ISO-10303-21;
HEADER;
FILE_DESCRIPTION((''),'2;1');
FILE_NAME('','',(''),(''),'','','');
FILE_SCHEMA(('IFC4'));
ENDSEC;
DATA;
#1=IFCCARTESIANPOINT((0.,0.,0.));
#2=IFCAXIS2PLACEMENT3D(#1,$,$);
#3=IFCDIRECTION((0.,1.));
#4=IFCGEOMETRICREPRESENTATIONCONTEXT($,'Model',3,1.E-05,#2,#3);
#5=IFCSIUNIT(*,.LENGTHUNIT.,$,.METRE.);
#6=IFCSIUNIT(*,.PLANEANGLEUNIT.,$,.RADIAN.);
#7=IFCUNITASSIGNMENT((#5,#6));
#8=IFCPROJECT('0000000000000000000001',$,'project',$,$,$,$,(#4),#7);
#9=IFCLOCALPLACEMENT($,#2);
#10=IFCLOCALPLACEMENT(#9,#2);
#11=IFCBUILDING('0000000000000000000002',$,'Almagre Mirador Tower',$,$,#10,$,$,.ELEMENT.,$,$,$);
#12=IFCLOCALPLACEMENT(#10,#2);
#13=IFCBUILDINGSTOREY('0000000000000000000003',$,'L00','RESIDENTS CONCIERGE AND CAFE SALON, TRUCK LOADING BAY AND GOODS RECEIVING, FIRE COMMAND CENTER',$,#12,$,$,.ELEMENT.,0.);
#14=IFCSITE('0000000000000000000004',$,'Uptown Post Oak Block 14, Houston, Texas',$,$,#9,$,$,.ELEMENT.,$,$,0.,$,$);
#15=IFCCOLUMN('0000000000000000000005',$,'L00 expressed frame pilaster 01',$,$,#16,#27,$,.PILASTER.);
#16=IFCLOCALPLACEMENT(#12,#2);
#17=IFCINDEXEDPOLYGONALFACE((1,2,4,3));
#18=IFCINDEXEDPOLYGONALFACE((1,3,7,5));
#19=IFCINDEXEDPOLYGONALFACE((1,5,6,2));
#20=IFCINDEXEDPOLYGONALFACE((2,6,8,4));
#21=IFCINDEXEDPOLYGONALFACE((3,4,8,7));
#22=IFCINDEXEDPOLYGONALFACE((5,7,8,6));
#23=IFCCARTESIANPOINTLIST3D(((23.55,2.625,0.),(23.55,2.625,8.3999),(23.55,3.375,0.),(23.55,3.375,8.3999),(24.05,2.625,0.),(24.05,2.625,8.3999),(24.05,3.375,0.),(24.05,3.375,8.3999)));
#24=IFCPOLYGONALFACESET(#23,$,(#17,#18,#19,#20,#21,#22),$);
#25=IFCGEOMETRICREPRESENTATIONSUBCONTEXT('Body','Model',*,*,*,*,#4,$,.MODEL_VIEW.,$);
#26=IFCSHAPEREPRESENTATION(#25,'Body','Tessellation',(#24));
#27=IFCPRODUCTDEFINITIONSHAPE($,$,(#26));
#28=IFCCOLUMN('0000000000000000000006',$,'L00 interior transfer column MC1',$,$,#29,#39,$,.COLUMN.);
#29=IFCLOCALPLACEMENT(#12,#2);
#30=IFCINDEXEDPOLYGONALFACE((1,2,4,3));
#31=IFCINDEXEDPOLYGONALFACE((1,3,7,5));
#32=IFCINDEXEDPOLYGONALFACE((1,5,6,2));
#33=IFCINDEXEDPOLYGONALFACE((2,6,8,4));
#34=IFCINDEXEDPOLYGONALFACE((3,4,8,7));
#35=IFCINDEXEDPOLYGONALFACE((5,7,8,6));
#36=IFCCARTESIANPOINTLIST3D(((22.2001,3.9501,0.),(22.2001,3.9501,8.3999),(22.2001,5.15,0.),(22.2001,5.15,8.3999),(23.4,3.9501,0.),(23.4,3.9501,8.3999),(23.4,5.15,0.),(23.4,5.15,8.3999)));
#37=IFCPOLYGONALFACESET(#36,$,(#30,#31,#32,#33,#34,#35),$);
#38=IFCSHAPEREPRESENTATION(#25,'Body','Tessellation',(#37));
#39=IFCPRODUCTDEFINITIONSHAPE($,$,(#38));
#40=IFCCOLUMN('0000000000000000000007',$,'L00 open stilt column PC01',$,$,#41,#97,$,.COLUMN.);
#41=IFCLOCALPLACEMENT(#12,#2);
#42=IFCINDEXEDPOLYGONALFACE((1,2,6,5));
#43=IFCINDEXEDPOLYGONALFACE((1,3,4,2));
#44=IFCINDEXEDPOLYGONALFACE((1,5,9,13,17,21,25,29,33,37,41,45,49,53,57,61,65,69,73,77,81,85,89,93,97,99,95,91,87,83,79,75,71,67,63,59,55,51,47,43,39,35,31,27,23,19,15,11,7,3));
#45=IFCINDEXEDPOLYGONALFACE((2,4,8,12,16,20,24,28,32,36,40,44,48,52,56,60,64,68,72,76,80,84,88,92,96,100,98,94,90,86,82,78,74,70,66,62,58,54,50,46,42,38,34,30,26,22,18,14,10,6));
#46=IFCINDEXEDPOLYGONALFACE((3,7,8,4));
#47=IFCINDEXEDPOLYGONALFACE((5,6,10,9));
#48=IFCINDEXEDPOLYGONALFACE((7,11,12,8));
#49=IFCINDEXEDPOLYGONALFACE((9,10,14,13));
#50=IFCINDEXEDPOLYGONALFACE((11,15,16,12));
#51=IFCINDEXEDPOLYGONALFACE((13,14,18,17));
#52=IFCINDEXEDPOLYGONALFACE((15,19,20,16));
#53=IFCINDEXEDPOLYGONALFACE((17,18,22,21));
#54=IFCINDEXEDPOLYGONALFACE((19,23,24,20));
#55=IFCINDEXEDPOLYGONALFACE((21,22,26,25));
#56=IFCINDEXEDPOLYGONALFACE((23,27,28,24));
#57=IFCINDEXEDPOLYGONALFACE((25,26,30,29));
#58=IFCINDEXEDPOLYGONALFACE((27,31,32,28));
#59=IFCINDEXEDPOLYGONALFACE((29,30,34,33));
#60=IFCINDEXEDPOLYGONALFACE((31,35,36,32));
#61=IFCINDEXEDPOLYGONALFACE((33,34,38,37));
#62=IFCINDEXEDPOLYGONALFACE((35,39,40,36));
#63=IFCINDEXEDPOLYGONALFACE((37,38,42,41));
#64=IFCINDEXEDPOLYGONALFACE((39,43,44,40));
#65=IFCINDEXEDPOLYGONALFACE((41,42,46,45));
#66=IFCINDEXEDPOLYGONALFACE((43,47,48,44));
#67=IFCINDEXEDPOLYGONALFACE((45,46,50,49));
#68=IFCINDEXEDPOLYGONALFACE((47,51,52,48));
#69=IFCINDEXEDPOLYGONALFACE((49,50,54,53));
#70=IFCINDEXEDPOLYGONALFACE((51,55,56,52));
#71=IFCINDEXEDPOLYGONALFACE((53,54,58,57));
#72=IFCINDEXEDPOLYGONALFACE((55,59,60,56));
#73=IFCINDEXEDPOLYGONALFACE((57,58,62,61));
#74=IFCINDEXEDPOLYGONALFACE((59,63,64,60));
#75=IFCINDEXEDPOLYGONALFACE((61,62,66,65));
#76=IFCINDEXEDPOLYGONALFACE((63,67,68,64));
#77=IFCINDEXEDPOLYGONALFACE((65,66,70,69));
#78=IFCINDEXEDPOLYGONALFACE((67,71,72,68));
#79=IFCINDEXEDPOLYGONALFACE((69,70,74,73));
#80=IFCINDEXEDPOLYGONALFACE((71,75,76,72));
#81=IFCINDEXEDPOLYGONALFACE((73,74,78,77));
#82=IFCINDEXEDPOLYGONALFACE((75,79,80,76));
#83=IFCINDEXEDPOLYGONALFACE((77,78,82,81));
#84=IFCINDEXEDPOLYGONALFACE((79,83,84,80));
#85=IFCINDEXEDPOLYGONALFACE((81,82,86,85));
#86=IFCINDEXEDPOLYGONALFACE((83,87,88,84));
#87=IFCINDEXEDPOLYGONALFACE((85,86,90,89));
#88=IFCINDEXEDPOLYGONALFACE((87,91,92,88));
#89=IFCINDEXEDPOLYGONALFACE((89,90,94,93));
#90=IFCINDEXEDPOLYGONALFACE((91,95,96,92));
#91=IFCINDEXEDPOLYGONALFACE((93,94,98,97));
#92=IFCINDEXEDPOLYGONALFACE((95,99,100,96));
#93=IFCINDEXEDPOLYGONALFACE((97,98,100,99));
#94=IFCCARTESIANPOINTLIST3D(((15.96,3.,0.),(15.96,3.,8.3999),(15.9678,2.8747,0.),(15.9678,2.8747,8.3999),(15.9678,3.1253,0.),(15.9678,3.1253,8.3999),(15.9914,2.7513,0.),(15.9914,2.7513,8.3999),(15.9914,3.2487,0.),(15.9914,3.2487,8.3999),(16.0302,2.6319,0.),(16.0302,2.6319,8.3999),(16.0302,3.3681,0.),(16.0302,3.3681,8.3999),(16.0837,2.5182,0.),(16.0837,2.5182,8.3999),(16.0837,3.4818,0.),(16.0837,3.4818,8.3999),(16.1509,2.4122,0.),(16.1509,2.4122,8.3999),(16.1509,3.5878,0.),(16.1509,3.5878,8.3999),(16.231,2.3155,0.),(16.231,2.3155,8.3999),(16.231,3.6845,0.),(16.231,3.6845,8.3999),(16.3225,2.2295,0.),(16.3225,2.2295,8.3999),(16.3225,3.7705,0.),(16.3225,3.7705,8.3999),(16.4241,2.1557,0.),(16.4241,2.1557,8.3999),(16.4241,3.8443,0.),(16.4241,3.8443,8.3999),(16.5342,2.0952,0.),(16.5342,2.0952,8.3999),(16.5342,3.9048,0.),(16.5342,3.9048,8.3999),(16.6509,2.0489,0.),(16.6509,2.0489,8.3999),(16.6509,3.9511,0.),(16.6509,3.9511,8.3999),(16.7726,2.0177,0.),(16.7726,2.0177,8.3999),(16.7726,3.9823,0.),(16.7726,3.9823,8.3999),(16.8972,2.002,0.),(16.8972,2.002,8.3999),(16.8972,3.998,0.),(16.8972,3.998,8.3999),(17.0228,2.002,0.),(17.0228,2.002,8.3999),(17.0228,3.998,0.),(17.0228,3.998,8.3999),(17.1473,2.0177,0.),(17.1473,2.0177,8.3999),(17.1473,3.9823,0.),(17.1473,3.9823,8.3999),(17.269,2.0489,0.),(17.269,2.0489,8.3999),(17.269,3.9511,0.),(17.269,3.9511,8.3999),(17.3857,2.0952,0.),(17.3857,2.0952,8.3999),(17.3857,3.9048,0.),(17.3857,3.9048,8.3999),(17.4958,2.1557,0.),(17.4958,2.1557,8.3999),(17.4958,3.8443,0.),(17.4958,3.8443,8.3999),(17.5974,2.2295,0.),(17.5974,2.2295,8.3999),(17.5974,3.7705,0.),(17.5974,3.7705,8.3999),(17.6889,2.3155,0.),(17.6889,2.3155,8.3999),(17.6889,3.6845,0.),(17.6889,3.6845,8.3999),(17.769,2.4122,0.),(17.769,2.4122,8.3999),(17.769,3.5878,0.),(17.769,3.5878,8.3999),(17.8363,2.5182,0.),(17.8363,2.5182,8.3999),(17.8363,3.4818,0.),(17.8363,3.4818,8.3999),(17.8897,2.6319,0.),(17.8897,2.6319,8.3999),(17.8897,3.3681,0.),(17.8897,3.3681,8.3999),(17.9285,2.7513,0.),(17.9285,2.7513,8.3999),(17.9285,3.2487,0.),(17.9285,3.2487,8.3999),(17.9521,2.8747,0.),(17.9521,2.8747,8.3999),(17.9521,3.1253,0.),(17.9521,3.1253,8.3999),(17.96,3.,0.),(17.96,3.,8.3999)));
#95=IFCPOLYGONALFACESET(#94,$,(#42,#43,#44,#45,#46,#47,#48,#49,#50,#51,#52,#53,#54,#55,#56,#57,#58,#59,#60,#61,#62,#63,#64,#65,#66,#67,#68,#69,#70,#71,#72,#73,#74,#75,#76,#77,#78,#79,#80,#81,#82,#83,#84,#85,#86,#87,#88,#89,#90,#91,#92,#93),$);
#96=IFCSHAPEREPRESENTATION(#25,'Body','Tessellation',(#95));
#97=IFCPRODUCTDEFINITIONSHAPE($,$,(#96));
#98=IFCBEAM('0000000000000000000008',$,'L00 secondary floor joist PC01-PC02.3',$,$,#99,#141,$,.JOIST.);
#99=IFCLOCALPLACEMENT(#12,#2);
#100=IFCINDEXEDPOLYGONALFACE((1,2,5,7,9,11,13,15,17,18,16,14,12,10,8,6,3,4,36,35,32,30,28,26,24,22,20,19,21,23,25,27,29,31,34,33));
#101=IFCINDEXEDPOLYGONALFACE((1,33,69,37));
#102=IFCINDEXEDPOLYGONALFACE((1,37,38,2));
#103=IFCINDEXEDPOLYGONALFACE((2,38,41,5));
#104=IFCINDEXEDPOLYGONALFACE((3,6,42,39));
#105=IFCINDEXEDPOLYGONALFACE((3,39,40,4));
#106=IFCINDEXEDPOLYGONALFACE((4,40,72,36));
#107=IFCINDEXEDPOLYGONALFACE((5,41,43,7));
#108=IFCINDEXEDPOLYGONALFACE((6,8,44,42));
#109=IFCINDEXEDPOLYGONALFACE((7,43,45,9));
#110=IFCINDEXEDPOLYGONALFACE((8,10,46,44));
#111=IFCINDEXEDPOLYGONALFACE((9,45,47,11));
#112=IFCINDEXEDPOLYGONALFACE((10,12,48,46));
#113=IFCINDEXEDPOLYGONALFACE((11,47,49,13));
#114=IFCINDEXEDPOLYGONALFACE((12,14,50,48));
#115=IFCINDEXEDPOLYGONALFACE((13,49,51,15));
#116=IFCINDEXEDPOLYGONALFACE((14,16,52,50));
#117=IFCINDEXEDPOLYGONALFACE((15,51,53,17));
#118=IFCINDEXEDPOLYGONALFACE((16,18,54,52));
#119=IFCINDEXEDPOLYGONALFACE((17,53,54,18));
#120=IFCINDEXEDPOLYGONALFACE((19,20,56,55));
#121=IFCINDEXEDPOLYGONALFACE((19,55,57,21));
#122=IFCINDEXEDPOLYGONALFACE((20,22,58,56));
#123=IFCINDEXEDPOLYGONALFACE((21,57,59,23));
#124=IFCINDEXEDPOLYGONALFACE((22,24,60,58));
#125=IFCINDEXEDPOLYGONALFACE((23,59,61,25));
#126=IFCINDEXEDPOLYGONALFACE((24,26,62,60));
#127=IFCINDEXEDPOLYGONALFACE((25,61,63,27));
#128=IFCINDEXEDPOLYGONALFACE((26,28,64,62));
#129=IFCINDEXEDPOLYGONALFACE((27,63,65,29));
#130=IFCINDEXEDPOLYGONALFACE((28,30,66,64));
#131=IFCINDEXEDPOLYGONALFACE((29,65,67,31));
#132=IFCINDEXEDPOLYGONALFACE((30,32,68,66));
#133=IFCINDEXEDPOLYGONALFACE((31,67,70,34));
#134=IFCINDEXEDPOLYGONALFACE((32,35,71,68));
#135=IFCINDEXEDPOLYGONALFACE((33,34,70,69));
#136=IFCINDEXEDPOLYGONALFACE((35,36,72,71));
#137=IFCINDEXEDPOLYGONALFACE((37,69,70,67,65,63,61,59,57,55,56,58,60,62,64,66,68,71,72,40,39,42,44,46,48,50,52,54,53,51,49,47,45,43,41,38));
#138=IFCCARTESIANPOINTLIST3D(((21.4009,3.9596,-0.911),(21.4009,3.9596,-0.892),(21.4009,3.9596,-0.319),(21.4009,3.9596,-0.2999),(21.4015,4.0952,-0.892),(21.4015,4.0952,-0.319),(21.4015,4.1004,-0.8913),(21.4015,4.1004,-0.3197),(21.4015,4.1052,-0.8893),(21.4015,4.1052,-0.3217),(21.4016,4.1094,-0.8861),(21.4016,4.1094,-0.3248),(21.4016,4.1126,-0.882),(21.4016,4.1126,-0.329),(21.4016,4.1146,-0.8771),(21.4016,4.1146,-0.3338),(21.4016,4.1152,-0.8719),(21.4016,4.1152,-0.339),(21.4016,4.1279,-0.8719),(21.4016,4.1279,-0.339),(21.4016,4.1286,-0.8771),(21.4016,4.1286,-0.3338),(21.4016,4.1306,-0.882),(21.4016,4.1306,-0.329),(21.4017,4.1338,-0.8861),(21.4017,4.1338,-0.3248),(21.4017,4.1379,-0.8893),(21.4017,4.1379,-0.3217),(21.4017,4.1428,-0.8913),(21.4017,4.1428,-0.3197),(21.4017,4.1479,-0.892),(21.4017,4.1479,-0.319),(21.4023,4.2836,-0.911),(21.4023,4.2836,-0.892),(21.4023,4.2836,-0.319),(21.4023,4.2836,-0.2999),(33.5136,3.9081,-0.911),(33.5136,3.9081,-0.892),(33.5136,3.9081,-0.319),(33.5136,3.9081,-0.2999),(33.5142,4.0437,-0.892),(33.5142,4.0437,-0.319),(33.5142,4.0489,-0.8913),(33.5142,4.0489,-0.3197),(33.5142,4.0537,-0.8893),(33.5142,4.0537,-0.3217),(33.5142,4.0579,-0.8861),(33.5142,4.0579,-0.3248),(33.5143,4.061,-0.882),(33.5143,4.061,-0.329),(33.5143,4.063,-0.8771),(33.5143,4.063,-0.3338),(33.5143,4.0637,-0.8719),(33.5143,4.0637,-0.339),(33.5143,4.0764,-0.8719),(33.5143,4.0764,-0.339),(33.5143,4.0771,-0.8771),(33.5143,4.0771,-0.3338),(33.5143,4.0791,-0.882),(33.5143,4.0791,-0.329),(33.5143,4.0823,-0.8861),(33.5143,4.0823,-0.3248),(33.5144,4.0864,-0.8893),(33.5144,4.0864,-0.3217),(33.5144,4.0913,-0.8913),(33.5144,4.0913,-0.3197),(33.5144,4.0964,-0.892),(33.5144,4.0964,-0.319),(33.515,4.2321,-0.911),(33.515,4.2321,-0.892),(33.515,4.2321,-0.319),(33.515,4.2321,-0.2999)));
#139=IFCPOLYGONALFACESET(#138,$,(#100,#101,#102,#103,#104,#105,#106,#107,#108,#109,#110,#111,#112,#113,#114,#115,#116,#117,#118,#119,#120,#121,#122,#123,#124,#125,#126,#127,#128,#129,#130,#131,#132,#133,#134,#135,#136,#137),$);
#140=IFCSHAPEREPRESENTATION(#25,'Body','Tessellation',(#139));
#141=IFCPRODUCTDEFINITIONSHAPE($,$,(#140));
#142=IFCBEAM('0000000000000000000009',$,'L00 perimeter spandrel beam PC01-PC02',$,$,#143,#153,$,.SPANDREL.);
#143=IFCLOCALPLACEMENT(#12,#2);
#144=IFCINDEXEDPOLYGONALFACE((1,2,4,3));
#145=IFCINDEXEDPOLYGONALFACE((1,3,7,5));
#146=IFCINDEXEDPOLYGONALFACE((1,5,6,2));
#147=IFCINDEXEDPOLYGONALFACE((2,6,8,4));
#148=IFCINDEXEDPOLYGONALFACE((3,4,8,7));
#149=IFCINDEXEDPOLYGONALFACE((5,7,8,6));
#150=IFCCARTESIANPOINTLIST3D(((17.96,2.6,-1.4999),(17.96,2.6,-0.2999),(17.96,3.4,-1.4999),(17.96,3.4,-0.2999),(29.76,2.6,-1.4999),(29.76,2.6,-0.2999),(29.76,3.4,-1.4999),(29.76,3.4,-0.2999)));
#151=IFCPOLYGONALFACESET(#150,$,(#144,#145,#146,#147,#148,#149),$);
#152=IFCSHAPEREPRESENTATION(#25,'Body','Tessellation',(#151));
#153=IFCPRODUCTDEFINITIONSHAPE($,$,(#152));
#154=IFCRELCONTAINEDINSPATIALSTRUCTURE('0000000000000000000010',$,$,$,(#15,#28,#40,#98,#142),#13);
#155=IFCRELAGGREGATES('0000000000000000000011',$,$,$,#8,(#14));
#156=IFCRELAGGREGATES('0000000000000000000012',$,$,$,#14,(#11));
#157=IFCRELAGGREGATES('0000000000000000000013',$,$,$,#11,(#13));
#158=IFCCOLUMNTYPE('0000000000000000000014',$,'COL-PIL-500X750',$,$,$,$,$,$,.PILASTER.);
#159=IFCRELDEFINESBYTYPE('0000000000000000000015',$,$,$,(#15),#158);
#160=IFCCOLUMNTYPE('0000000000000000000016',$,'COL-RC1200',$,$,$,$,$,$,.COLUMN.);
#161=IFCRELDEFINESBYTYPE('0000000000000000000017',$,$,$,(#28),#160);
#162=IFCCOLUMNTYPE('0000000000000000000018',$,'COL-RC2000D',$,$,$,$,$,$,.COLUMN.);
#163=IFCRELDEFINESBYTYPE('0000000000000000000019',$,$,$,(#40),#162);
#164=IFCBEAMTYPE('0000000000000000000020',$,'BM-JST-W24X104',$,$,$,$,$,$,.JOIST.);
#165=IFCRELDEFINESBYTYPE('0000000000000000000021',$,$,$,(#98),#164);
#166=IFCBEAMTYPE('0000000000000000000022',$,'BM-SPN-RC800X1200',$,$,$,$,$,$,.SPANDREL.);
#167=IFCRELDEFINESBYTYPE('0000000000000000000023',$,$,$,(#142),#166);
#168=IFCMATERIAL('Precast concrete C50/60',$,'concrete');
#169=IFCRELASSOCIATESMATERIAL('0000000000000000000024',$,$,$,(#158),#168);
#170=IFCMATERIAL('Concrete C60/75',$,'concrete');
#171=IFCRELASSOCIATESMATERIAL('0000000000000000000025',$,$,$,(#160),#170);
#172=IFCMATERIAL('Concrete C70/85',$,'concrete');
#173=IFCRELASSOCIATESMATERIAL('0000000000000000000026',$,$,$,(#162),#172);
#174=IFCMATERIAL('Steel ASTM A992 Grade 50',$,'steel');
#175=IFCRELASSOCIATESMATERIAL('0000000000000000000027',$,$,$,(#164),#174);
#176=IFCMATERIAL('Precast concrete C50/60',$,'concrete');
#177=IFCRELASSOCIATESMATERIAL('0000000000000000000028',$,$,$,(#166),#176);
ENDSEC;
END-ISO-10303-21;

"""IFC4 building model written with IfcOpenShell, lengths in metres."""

from ifc_helpers import new_model, si_unit, direction, frame, origin, origin_2d, place, context, subcontext, project, spatial, rectangle, circle, i_section, extrude, material, material_profile, profile_set, type_object, element, save


model = new_model("IFC4")

# Units and contexts
model_context = context("Model", 3, precision=1e-05, world=origin(), true_north=direction((0.0, 1.0)))
body_context = subcontext(model_context, "Body", "Model", "MODEL_VIEW")
ifc_project = project(units=[si_unit("LENGTHUNIT", "METRE"), si_unit("PLANEANGLEUNIT", "RADIAN")], contexts=[model_context])

# Site, building, storey
site_placement = place(None, origin())
site = spatial("IfcSite", under=ifc_project, at=site_placement, Name="Uptown Post Oak Block 14, Houston, Texas", CompositionType="ELEMENT", RefElevation=0.0)
building_placement = place(site_placement, origin())
building = spatial("IfcBuilding", under=site, at=building_placement, Name="Almagre Mirador Tower", CompositionType="ELEMENT")
storey_placement = place(building_placement, origin())
storey = spatial("IfcBuildingStorey", under=building, at=storey_placement, Name="L00", Description="RESIDENTS CONCIERGE AND CAFE SALON, TRUCK LOADING BAY AND GOODS RECEIVING, FIRE COMMAND CENTER", CompositionType="ELEMENT", Elevation=0.0)

# Columns
ifc_material_1 = material(Name="Precast concrete C50/60", Category="concrete")
ifc_material_profile_1 = material_profile(ifc_material_1, rectangle(XDim=0.5, YDim=0.75, at=origin_2d()), Name="RC500X750")
ifc_profile_set_1 = profile_set([ifc_material_profile_1], Name="Precast concrete C50/60")
column_type_1 = type_object("IfcColumnType", Name="COL-PIL-500X750", PredefinedType="PILASTER", material=ifc_profile_set_1)
column_1_placement = place(storey_placement, frame((23.8, 3.0, 0.0), z_axis=(0.0, 0.0, 1.0), x_axis=(1.0, 0.0, 0.0)))
element("IfcColumn", 1, at=column_1_placement, inside=storey, type_object=column_type_1, Name="L00 expressed frame pilaster 01", PredefinedType="PILASTER", context=body_context, shape_type="SweptSolid", body=[
    extrude(rectangle(XDim=0.5, YDim=0.75, at=origin_2d()), origin(), (0.0, 0.0, 1.0), 8.3999),
])
ifc_material_2 = material(Name="Concrete C60/75", Category="concrete")
ifc_material_profile_2 = material_profile(ifc_material_2, rectangle(XDim=1.2, YDim=1.2, at=origin_2d()), Name="RC1200X1200")
ifc_profile_set_2 = profile_set([ifc_material_profile_2], Name="Concrete C60/75")
column_type_2 = type_object("IfcColumnType", Name="COL-RC1200", PredefinedType="COLUMN", material=ifc_profile_set_2)
column_2_placement = place(storey_placement, frame((22.8, 4.55, 0.0), z_axis=(0.0, 0.0, 1.0), x_axis=(1.0, 0.0, 0.0)))
element("IfcColumn", 2, at=column_2_placement, inside=storey, type_object=column_type_2, Name="L00 interior transfer column MC1", PredefinedType="COLUMN", context=body_context, shape_type="SweptSolid", body=[
    extrude(rectangle(XDim=1.2, YDim=1.2, at=origin_2d()), origin(), (0.0, 0.0, 1.0), 8.3999),
])
ifc_material_3 = material(Name="Concrete C70/85", Category="concrete")
ifc_material_profile_3 = material_profile(ifc_material_3, circle(Radius=1.0, at=origin_2d()), Name="RC2000D")
ifc_profile_set_3 = profile_set([ifc_material_profile_3], Name="Concrete C70/85")
column_type_3 = type_object("IfcColumnType", Name="COL-RC2000D", PredefinedType="COLUMN", material=ifc_profile_set_3)
column_3_placement = place(storey_placement, frame((16.96, 3.0, 0.0), z_axis=(0.0, 0.0, 1.0), x_axis=(1.0, 0.0, 0.0)))
element("IfcColumn", 3, at=column_3_placement, inside=storey, type_object=column_type_3, Name="L00 open stilt column PC01", PredefinedType="COLUMN", context=body_context, shape_type="SweptSolid", body=[
    extrude(circle(Radius=1.0, at=origin_2d()), origin(), (0.0, 0.0, 1.0), 8.3999),
])

# Beams
ifc_material_4 = material(Name="Steel ASTM A992 Grade 50", Category="steel")
ifc_material_profile_4 = material_profile(ifc_material_4, i_section(OverallWidth=0.324, OverallDepth=0.6111, WebThickness=0.0127, FlangeThickness=0.019, FilletRadius=0.02, at=origin_2d()), Name="W24X104")
ifc_profile_set_4 = profile_set([ifc_material_profile_4], Name="Steel ASTM A992 Grade 50")
beam_type_1 = type_object("IfcBeamType", Name="BM-JST-W24X104", PredefinedType="JOIST", material=ifc_profile_set_4)
beam_1_placement = place(storey_placement, frame((21.4016, 4.1216, -0.6055), z_axis=(0.999991, -0.004253, 0.0), x_axis=(0.004253, 0.999991, 0.0)))
element("IfcBeam", 4, at=beam_1_placement, inside=storey, type_object=beam_type_1, Name="L00 secondary floor joist PC01-PC02.3", PredefinedType="JOIST", context=body_context, shape_type="SweptSolid", body=[
    extrude(i_section(OverallWidth=0.324, OverallDepth=0.6111, WebThickness=0.0127, FlangeThickness=0.019, FilletRadius=0.02, at=origin_2d()), origin(), (0.0, 0.0, 1.0), 12.1128),
])
ifc_material_5 = material(Name="Precast concrete C50/60", Category="concrete")
ifc_material_profile_5 = material_profile(ifc_material_5, rectangle(XDim=0.8, YDim=1.2, at=origin_2d()), Name="RC800X1200")
ifc_profile_set_5 = profile_set([ifc_material_profile_5], Name="Precast concrete C50/60")
beam_type_2 = type_object("IfcBeamType", Name="BM-SPN-RC800X1200", PredefinedType="SPANDREL", material=ifc_profile_set_5)
beam_2_placement = place(storey_placement, frame((17.96, 3.0, -0.8999), z_axis=(1.0, 0.0, 0.0), x_axis=(0.0, 1.0, 0.0)))
element("IfcBeam", 5, at=beam_2_placement, inside=storey, type_object=beam_type_2, Name="L00 perimeter spandrel beam PC01-PC02", PredefinedType="SPANDREL", context=body_context, shape_type="SweptSolid", body=[
    extrude(rectangle(XDim=0.8, YDim=1.2, at=origin_2d()), origin(), (0.0, 0.0, 1.0), 11.8),
])

save(model, "model.ifc")
